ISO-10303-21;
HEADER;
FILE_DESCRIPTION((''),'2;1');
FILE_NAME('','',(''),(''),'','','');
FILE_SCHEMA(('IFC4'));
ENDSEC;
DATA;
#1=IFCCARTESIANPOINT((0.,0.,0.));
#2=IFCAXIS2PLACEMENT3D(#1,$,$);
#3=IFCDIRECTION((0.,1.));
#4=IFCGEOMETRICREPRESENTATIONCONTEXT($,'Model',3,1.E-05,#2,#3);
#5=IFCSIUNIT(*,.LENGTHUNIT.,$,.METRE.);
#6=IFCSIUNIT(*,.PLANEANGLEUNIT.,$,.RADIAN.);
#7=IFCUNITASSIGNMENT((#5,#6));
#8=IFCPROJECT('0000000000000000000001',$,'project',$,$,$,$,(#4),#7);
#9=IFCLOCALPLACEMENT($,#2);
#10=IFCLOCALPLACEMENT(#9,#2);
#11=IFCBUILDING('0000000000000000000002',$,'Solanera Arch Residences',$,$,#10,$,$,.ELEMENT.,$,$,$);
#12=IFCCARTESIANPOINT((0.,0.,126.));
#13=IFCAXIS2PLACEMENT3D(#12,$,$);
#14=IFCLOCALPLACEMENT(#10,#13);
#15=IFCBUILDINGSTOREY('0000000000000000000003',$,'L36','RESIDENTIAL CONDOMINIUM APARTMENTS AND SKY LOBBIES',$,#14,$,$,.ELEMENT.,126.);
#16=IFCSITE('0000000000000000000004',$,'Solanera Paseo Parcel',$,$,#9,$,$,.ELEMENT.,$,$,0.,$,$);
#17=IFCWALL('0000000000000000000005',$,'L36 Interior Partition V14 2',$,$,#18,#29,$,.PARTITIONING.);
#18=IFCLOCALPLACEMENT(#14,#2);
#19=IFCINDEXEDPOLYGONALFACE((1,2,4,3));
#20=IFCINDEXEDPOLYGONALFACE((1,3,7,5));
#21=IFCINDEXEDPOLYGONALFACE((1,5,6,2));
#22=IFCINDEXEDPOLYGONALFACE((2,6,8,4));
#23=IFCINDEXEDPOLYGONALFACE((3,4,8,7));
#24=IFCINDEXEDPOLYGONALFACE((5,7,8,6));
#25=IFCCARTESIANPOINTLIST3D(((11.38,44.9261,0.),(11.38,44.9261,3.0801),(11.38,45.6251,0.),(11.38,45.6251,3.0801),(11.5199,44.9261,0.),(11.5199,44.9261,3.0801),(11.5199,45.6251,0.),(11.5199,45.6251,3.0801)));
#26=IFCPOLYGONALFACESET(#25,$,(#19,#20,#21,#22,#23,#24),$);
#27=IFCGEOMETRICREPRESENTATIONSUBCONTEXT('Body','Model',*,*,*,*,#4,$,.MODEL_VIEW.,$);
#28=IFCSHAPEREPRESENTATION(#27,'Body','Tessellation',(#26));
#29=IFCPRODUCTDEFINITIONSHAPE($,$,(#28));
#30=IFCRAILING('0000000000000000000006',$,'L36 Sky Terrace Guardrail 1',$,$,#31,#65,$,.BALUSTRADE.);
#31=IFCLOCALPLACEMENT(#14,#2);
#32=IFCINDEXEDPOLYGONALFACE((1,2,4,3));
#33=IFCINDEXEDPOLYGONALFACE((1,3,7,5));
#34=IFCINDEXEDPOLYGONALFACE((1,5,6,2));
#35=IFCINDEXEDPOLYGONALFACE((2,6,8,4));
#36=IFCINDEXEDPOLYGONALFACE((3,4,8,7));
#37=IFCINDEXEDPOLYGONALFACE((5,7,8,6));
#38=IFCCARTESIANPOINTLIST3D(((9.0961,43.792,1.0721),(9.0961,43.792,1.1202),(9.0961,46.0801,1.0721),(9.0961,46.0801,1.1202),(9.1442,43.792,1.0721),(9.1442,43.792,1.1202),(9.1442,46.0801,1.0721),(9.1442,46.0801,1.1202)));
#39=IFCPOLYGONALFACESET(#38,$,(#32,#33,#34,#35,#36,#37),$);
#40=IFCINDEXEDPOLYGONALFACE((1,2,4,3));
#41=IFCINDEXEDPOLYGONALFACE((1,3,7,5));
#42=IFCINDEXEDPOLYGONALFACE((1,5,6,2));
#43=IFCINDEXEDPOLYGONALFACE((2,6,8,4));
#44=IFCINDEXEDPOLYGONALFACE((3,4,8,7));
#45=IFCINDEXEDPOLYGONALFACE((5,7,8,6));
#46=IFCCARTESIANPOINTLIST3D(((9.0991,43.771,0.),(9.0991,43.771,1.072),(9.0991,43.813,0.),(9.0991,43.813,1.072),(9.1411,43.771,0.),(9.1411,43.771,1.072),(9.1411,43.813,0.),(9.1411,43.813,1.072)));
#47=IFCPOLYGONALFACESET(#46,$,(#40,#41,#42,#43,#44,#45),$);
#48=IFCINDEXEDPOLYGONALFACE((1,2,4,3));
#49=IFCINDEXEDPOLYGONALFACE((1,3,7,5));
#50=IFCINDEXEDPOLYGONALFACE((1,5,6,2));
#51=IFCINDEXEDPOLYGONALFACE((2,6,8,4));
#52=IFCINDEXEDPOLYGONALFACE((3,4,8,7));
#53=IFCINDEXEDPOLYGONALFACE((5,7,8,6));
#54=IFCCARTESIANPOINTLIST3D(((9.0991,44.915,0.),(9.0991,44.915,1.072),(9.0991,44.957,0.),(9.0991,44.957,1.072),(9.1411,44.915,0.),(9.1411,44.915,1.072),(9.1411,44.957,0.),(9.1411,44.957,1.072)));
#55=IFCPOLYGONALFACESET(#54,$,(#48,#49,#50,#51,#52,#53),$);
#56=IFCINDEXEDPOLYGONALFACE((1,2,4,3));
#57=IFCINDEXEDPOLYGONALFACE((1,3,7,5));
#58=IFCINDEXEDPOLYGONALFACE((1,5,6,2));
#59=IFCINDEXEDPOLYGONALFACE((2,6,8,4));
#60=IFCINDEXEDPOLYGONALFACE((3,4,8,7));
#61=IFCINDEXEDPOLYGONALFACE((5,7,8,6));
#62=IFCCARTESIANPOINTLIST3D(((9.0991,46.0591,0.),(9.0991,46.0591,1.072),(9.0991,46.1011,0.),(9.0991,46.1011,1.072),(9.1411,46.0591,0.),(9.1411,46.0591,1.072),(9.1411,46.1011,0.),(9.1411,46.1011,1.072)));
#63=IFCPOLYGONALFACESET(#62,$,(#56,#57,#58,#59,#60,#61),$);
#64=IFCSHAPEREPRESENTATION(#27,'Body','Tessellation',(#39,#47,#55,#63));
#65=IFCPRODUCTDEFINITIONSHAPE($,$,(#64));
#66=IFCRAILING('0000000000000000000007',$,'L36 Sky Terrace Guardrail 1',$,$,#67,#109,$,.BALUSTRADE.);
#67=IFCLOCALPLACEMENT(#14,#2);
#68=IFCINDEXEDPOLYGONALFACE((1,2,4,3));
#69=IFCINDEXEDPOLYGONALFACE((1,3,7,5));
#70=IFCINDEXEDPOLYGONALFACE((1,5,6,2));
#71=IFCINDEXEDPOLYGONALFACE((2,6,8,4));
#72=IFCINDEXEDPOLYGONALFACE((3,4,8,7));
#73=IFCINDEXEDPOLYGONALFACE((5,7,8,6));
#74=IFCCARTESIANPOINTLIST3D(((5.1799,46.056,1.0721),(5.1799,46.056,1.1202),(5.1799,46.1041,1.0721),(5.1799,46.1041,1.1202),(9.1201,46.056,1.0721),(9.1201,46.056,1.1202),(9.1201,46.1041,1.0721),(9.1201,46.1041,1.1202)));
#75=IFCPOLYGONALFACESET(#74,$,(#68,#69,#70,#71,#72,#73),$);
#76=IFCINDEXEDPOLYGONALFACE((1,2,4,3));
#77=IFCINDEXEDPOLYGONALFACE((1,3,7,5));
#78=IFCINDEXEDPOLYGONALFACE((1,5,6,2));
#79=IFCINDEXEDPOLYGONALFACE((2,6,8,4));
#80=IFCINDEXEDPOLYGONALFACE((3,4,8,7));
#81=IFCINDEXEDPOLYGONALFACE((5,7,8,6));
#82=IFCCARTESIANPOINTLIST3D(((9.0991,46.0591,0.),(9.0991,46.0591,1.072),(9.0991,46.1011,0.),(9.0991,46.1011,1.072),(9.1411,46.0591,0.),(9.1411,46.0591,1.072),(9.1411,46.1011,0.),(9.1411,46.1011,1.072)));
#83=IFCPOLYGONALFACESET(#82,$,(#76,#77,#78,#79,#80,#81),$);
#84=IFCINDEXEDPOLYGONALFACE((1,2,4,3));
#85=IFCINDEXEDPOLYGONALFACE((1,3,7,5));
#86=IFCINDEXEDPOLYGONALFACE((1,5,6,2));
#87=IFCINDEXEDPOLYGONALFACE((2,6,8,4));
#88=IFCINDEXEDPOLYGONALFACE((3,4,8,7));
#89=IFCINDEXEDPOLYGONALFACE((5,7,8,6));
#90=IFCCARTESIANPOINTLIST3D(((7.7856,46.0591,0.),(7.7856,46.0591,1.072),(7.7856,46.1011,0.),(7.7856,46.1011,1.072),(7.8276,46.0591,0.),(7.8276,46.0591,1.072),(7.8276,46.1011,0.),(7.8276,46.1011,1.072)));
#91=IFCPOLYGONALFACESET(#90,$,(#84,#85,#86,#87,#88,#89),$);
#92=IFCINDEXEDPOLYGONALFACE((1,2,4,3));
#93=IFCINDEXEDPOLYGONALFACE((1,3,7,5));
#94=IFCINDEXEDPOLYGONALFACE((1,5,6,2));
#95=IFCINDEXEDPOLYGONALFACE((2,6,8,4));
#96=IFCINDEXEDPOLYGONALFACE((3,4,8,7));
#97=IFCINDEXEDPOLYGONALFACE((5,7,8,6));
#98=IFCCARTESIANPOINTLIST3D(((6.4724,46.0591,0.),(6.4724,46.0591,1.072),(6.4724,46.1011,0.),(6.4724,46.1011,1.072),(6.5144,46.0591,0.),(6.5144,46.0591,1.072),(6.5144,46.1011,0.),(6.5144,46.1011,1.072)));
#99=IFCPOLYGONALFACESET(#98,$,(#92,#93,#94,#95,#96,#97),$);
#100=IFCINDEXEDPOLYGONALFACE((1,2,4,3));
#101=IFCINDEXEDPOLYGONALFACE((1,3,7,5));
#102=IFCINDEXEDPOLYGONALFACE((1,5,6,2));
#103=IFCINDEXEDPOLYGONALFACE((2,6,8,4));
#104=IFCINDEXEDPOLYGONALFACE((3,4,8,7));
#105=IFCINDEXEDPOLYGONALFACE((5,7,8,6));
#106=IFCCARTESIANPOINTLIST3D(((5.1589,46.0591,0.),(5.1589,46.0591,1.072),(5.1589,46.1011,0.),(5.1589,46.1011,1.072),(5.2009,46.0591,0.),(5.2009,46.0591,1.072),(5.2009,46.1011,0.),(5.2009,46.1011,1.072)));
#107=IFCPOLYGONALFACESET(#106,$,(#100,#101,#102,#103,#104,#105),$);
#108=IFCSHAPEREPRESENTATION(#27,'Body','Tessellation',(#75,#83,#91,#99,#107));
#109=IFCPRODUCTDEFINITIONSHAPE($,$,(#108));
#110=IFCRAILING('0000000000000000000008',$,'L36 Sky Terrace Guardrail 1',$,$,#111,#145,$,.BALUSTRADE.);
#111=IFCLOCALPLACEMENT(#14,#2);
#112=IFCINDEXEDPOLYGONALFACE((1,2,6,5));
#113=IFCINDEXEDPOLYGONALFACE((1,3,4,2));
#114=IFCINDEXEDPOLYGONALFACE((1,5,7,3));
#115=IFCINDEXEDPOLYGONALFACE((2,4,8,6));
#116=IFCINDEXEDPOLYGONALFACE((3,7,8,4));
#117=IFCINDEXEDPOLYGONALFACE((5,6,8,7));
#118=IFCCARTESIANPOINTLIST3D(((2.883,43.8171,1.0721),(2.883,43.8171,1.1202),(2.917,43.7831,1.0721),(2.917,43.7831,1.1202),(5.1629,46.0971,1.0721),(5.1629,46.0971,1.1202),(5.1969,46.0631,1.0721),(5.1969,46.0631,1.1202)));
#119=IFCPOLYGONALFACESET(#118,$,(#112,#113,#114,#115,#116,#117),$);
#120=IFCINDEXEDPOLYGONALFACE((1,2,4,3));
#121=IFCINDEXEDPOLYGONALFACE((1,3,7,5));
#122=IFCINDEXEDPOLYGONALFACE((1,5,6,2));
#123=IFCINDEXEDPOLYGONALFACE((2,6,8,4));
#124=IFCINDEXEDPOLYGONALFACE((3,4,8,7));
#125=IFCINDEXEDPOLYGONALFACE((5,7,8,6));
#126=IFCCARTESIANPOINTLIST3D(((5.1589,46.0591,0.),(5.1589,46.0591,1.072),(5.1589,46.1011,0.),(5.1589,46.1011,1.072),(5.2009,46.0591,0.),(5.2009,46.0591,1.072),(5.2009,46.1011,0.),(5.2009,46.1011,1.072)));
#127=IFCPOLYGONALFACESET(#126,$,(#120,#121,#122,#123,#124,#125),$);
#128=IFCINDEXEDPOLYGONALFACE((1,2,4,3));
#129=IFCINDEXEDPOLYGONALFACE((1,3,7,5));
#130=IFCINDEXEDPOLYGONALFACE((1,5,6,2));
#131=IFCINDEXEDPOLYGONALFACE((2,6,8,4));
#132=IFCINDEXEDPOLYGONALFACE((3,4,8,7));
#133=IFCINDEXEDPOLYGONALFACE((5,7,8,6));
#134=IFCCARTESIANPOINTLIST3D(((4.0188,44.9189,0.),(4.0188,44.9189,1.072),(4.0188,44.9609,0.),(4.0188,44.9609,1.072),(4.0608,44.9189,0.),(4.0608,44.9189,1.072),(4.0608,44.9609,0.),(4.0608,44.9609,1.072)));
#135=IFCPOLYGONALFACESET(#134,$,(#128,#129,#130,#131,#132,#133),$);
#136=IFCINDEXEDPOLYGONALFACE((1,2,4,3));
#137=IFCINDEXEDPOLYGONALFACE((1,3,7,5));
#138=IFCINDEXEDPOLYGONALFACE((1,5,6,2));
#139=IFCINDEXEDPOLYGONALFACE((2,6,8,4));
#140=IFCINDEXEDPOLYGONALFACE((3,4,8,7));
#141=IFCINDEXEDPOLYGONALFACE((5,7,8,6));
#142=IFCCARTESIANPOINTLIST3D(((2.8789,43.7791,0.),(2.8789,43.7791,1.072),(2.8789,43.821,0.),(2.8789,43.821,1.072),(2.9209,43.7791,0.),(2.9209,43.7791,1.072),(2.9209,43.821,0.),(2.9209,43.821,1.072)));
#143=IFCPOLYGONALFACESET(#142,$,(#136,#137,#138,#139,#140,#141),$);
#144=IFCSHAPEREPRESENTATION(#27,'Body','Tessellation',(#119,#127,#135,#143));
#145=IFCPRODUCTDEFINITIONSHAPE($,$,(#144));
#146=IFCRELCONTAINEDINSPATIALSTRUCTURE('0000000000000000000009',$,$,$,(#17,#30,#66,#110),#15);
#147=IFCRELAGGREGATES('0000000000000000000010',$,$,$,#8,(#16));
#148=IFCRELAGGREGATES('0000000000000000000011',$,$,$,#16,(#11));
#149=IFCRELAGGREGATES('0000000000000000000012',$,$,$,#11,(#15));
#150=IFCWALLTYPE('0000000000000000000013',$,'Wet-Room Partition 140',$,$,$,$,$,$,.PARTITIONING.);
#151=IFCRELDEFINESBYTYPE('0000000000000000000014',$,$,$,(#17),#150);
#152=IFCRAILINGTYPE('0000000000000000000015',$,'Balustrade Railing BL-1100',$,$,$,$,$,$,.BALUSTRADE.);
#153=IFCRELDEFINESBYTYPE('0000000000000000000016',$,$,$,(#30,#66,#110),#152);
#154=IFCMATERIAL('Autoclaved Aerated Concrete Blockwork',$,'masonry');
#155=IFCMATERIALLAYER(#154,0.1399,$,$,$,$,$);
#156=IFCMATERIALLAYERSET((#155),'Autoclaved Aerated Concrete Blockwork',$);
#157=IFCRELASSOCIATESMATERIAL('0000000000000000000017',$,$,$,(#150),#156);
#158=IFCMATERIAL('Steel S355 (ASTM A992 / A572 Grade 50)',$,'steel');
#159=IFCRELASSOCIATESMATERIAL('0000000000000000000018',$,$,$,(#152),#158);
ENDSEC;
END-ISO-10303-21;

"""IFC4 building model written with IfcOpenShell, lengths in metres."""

from ifc_helpers import new_model, si_unit, direction, frame, frame_2d, origin, origin_2d, place, context, subcontext, project, spatial, rectangle, extrude, material, layer, layer_set, type_object, element, save


model = new_model("IFC4")

# Units and contexts
model_context = context("Model", 3, precision=1e-05, world=origin(), true_north=direction((0.0, 1.0)))
body_context = subcontext(model_context, "Body", "Model", "MODEL_VIEW")
ifc_project = project(units=[si_unit("LENGTHUNIT", "METRE"), si_unit("PLANEANGLEUNIT", "RADIAN")], contexts=[model_context])

# Site, building, storey
site_placement = place(None, origin())
site = spatial("IfcSite", under=ifc_project, at=site_placement, Name="Solanera Paseo Parcel", CompositionType="ELEMENT", RefElevation=0.0)
building_placement = place(site_placement, origin())
building = spatial("IfcBuilding", under=site, at=building_placement, Name="Solanera Arch Residences", CompositionType="ELEMENT")
storey_placement = place(building_placement, frame((0.0, 0.0, 126.0)))
storey = spatial("IfcBuildingStorey", under=building, at=storey_placement, Name="L36", Description="RESIDENTIAL CONDOMINIUM APARTMENTS AND SKY LOBBIES", CompositionType="ELEMENT", Elevation=126.0)

# Shared definitions
ifc_material_1 = material(Name="Autoclaved Aerated Concrete Blockwork", Category="masonry")
ifc_layer_1 = layer(ifc_material_1, 0.1399)
ifc_layer_set_1 = layer_set([ifc_layer_1], Name="Autoclaved Aerated Concrete Blockwork")
wall_type_1 = type_object("IfcWallType", Name="Wet-Room Partition 140", PredefinedType="PARTITIONING", material=ifc_layer_set_1)

# Wall
wall_1_placement = place(storey_placement, frame((11.45, 44.926, 0.0), z_axis=(0.0, 0.0, 1.0), x_axis=(0.0, 1.0, 0.0)))
element("IfcWall", 1, at=wall_1_placement, inside=storey, type_object=wall_type_1, Name="L36 Interior Partition V14 2", PredefinedType="PARTITIONING", context=body_context, shape_type="SweptSolid", body=[
    extrude(rectangle(XDim=0.699, YDim=0.1399, at=frame_2d((0.3496, 0.0))), origin(), (0.0, 0.0, 1.0), 3.0801),
])

# Railings
ifc_material_2 = material(Name="Steel S355 (ASTM A992 / A572 Grade 50)", Category="steel")
railing_type = type_object("IfcRailingType", Name="Balustrade Railing BL-1100", PredefinedType="BALUSTRADE", material=ifc_material_2)
railing_1_placement = place(storey_placement, frame((9.1201, 43.792, 0.0)))
element("IfcRailing", 2, at=railing_1_placement, inside=storey, type_object=railing_type, Name="L36 Sky Terrace Guardrail 1", PredefinedType="BALUSTRADE", context=body_context, shape_type="SweptSolid", body=[
    extrude(rectangle(XDim=0.0481, YDim=0.0481, at=origin_2d()), frame((0.0, 0.0, 1.0962), z_axis=(0.0, 1.0, 0.0), x_axis=(-1.0, 0.0, 0.0)), (0.0, 0.0, 1.0), 2.2881),
    extrude(rectangle(XDim=0.042, YDim=0.042, at=origin_2d()), origin(), (0.0, 0.0, 1.0), 1.072),
    extrude(rectangle(XDim=0.042, YDim=0.042, at=origin_2d()), frame((0.0, 1.144, 0.0)), (0.0, 0.0, 1.0), 1.072),
    extrude(rectangle(XDim=0.042, YDim=0.042, at=origin_2d()), frame((0.0, 2.2881, 0.0)), (0.0, 0.0, 1.0), 1.072),
])
railing_2_placement = place(storey_placement, frame((9.1201, 46.0801, 0.0)))
element("IfcRailing", 3, at=railing_2_placement, inside=storey, type_object=railing_type, Name="L36 Sky Terrace Guardrail 1", PredefinedType="BALUSTRADE", context=body_context, shape_type="SweptSolid", body=[
    extrude(rectangle(XDim=0.0481, YDim=0.0481, at=origin_2d()), frame((0.0, 0.0, 1.0962), z_axis=(-1.0, 0.0, 0.0), x_axis=(0.0, -1.0, 0.0)), (0.0, 0.0, 1.0), 3.9402),
    extrude(rectangle(XDim=0.042, YDim=0.042, at=origin_2d()), origin(), (0.0, 0.0, 1.0), 1.072),
    extrude(rectangle(XDim=0.042, YDim=0.042, at=origin_2d()), frame((-1.3135, 0.0, 0.0)), (0.0, 0.0, 1.0), 1.072),
    extrude(rectangle(XDim=0.042, YDim=0.042, at=origin_2d()), frame((-2.6267, 0.0, 0.0)), (0.0, 0.0, 1.0), 1.072),
    extrude(rectangle(XDim=0.042, YDim=0.042, at=origin_2d()), frame((-3.9402, 0.0, 0.0)), (0.0, 0.0, 1.0), 1.072),
])
railing_3_placement = place(storey_placement, frame((5.1799, 46.0801, 0.0)))
element("IfcRailing", 4, at=railing_3_placement, inside=storey, type_object=railing_type, Name="L36 Sky Terrace Guardrail 1", PredefinedType="BALUSTRADE", context=body_context, shape_type="SweptSolid", body=[
    extrude(rectangle(XDim=0.0481, YDim=0.0481, at=origin_2d()), frame((0.0, 0.0, 1.0962), z_axis=(-0.707107, -0.707107, 0.0), x_axis=(0.707107, -0.707107, 0.0)), (0.0, 0.0, 1.0), 3.2244),
    extrude(rectangle(XDim=0.042, YDim=0.042, at=origin_2d()), origin(), (0.0, 0.0, 1.0), 1.072),
    extrude(rectangle(XDim=0.042, YDim=0.042, at=origin_2d()), frame((-1.1401, -1.1401, 0.0)), (0.0, 0.0, 1.0), 1.072),
    extrude(rectangle(XDim=0.042, YDim=0.042, at=origin_2d()), frame((-2.28, -2.28, 0.0)), (0.0, 0.0, 1.0), 1.072),
])

save(model, "model.ifc")
